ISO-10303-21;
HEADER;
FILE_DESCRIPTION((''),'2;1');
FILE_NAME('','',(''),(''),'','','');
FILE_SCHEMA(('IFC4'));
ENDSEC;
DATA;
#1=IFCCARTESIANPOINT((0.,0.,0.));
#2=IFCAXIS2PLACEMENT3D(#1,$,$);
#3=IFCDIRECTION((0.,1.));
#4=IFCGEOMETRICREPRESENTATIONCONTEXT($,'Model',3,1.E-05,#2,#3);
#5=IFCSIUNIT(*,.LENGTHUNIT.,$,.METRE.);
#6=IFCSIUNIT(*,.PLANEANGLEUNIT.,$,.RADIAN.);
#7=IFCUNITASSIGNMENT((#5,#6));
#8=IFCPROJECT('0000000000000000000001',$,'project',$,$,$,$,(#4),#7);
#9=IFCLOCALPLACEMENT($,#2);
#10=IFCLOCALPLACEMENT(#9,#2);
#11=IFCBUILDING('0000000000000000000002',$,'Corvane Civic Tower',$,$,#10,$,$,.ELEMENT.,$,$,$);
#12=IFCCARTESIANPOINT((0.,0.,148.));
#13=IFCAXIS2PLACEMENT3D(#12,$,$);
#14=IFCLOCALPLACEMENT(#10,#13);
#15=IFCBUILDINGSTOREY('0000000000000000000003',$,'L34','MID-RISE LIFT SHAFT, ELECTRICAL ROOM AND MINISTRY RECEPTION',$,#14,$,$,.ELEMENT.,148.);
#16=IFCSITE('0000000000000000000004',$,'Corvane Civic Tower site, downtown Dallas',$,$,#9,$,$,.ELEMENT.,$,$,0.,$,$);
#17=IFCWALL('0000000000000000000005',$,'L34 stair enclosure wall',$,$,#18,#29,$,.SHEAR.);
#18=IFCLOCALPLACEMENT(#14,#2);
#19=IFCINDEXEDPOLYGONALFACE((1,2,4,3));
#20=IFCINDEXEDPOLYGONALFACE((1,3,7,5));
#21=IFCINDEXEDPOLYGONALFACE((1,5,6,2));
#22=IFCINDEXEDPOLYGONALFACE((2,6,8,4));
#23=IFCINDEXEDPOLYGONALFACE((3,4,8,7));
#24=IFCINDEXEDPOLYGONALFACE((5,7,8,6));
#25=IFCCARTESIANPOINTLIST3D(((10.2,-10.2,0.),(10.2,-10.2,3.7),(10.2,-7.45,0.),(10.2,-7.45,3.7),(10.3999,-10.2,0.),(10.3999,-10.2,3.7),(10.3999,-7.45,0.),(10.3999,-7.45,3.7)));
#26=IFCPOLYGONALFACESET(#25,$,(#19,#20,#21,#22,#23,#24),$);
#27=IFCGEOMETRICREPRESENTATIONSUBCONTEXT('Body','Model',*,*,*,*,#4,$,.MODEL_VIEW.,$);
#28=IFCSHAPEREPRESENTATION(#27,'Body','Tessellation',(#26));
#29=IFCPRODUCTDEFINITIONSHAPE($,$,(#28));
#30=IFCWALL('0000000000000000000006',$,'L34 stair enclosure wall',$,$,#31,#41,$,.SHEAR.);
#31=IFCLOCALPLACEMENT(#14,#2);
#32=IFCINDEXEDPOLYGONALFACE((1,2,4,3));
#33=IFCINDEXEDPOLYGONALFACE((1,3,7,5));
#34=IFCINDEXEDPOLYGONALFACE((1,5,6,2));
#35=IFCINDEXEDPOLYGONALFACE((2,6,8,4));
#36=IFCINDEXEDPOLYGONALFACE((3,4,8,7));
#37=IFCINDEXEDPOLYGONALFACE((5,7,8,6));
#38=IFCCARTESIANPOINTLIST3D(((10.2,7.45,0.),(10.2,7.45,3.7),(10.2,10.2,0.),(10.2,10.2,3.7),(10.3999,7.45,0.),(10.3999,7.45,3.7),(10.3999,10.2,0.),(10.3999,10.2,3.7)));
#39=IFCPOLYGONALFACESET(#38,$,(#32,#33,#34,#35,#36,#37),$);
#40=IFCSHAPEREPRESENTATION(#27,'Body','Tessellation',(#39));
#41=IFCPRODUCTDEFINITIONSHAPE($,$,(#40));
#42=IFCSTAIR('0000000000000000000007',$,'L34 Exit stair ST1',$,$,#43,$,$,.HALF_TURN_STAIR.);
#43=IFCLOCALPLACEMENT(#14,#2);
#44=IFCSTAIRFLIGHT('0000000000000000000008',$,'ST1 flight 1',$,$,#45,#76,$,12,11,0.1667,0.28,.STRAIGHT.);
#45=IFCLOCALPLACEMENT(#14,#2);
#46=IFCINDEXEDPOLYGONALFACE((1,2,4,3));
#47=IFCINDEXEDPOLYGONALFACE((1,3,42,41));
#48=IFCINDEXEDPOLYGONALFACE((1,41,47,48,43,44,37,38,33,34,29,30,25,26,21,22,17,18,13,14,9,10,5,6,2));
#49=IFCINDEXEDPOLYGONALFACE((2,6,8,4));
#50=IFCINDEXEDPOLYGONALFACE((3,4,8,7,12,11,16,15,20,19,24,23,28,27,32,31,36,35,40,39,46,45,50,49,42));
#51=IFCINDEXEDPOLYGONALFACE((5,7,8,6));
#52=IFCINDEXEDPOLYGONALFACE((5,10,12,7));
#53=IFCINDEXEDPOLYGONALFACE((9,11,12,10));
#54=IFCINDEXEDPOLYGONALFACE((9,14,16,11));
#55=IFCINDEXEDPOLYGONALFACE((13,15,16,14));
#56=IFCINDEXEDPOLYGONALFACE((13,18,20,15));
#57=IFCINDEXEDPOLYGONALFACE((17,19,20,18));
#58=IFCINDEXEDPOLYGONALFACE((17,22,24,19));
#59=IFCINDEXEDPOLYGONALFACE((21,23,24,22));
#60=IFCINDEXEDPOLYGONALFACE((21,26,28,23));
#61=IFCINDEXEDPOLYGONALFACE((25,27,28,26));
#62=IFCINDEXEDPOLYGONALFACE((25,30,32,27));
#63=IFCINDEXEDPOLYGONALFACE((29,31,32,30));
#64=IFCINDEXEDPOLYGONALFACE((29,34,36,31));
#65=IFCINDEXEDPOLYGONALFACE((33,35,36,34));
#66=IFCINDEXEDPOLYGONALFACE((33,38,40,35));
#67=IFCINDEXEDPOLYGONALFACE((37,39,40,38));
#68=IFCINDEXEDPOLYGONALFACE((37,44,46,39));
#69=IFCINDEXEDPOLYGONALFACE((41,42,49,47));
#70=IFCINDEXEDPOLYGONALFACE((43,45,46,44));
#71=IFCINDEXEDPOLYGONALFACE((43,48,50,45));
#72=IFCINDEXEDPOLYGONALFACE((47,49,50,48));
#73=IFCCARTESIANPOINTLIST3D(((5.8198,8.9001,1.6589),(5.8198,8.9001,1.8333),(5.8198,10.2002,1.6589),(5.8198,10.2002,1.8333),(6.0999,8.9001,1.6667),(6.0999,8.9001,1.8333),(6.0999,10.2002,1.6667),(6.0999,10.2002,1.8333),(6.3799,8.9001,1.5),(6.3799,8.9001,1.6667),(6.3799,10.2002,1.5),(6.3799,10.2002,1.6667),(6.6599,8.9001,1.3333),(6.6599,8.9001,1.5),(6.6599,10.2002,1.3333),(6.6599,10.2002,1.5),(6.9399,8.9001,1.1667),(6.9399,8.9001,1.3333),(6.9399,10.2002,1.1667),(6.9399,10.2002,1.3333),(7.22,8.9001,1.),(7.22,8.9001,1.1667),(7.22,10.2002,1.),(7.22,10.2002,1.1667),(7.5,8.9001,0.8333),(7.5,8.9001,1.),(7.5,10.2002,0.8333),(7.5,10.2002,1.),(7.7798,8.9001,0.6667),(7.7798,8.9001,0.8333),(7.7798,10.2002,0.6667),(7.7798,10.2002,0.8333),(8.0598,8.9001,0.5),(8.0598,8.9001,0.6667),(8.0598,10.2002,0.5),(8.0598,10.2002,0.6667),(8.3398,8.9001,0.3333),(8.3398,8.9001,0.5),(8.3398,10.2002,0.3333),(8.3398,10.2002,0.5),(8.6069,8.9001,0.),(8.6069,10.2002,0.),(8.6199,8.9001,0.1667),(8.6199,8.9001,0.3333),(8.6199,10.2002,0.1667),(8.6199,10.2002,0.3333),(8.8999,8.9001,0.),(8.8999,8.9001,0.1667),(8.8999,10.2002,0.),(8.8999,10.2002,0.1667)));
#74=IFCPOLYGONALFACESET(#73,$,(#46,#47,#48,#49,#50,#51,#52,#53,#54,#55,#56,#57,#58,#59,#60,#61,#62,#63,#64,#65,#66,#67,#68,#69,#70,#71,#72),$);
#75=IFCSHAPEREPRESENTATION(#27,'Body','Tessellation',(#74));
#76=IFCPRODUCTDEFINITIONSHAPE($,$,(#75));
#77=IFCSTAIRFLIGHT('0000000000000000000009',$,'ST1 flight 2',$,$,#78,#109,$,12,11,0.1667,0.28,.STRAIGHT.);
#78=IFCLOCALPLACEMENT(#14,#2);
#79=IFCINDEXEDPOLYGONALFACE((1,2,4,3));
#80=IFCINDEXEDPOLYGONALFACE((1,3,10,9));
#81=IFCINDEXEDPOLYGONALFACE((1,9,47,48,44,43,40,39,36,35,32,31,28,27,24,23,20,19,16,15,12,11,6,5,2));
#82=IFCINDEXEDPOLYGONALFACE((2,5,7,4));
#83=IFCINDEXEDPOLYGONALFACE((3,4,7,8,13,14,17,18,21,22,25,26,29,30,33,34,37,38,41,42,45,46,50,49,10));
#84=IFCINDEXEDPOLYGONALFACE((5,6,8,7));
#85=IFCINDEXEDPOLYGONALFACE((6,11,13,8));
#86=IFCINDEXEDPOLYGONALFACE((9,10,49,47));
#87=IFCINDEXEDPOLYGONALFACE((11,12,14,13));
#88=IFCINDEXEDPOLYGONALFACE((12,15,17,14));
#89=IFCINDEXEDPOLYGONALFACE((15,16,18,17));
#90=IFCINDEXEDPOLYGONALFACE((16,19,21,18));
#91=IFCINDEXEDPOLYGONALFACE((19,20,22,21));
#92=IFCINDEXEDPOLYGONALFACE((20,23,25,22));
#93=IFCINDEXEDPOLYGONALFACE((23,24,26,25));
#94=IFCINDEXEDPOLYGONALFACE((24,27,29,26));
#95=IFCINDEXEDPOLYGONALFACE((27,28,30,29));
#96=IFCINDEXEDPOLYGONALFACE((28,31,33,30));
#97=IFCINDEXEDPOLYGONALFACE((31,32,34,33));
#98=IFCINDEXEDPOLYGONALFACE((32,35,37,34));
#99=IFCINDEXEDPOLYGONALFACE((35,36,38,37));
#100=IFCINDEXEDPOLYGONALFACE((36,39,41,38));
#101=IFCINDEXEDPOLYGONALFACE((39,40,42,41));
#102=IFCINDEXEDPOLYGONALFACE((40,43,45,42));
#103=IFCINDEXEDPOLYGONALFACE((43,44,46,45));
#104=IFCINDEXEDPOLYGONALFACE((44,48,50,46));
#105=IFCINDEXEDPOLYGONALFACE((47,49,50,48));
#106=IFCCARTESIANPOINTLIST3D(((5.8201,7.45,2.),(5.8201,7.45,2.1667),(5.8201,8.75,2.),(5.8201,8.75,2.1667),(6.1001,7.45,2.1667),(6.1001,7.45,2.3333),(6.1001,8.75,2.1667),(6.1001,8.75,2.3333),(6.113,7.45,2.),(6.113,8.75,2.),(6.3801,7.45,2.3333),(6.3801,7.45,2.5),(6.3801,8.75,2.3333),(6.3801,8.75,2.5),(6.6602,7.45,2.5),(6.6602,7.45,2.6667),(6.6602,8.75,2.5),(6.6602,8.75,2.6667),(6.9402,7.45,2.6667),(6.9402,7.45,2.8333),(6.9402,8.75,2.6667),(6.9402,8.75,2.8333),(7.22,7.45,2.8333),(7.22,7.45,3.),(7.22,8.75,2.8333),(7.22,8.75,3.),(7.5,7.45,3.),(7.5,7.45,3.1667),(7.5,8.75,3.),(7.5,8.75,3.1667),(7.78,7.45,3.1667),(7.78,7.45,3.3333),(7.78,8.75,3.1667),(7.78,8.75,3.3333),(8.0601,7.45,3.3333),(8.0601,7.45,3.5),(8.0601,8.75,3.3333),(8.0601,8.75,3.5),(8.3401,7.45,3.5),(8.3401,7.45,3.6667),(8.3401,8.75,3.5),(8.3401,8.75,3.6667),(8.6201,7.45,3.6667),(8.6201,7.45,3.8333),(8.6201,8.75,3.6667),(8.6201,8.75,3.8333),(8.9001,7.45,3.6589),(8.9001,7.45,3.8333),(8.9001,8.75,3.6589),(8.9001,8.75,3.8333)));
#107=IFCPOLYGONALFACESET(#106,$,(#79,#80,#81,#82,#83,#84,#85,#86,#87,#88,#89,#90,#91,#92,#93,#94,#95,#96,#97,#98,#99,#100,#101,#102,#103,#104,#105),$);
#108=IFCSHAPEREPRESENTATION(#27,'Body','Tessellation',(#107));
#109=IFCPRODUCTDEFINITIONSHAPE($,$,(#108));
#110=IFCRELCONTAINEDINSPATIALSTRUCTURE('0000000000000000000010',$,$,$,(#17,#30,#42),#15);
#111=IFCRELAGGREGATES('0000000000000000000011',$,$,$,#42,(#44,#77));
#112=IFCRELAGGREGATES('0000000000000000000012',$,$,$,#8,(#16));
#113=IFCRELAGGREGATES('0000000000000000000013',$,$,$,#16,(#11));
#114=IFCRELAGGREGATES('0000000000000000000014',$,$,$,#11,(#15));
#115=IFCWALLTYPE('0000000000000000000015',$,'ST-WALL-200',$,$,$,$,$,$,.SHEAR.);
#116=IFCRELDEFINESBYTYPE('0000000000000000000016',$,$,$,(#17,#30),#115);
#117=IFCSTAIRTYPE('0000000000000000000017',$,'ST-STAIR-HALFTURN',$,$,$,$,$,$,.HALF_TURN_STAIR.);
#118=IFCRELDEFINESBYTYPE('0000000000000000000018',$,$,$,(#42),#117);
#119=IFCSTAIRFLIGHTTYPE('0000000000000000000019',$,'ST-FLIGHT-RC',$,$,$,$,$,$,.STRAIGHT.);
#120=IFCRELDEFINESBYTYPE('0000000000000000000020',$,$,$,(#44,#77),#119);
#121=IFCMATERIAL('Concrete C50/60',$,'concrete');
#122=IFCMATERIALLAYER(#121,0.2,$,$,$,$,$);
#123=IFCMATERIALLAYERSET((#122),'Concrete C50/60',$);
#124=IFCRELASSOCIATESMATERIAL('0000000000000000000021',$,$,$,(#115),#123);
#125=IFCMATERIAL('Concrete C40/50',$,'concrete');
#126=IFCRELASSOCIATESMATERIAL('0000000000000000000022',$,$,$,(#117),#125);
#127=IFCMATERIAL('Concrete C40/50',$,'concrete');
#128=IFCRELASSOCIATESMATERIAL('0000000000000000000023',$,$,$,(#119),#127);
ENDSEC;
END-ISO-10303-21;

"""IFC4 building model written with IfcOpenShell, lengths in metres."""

from ifc_helpers import new_model, si_unit, direction, frame, origin, place, context, subcontext, project, spatial, polyline, outline, extrude, material, layer, layer_set, type_object, element, aggregate, save


model = new_model("IFC4")

# Units and contexts
model_context = context("Model", 3, precision=1e-05, world=origin(), true_north=direction((0.0, 1.0)))
body_context = subcontext(model_context, "Body", "Model", "MODEL_VIEW")
ifc_project = project(units=[si_unit("LENGTHUNIT", "METRE"), si_unit("PLANEANGLEUNIT", "RADIAN")], contexts=[model_context])

# Site, building, storey
site_placement = place(None, origin())
site = spatial("IfcSite", under=ifc_project, at=site_placement, Name="Corvane Civic Tower site, downtown Dallas", CompositionType="ELEMENT", RefElevation=0.0)
building_placement = place(site_placement, origin())
building = spatial("IfcBuilding", under=site, at=building_placement, Name="Corvane Civic Tower", CompositionType="ELEMENT")
storey_placement = place(building_placement, frame((0.0, 0.0, 148.0)))
storey = spatial("IfcBuildingStorey", under=building, at=storey_placement, Name="L34", Description="MID-RISE LIFT SHAFT, ELECTRICAL ROOM AND MINISTRY RECEPTION", CompositionType="ELEMENT", Elevation=148.0)

# Shared definitions
ifc_material_1 = material(Name="Concrete C50/60", Category="concrete")
ifc_layer_1 = layer(ifc_material_1, 0.2)
ifc_layer_set_1 = layer_set([ifc_layer_1], Name="Concrete C50/60")
wall_type_1 = type_object("IfcWallType", Name="ST-WALL-200", PredefinedType="SHEAR", material=ifc_layer_set_1)

# Walls
wall_1_placement = place(storey_placement, origin())
element("IfcWall", 1, at=wall_1_placement, inside=storey, type_object=wall_type_1, Name="L34 stair enclosure wall", PredefinedType="SHEAR", context=body_context, shape_type="SweptSolid", body=[
    extrude(outline(polyline([(10.3999, -7.45), (10.3999, -10.2), (10.2, -10.2), (10.2, -7.45), (10.3999, -7.45)])), origin(), (0.0, 0.0, 1.0), 3.7),
])
wall_2_placement = place(storey_placement, origin())
element("IfcWall", 2, at=wall_2_placement, inside=storey, type_object=wall_type_1, Name="L34 stair enclosure wall", PredefinedType="SHEAR", context=body_context, shape_type="SweptSolid", body=[
    extrude(outline(polyline([(10.3999, 7.45), (10.2, 7.45), (10.2, 10.2), (10.3999, 10.2), (10.3999, 7.45)])), origin(), (0.0, 0.0, 1.0), 3.7),
])

# Stair, stair flights
ifc_material_2 = material(Name="Concrete C40/50", Category="concrete")
stair_type = type_object("IfcStairType", Name="ST-STAIR-HALFTURN", PredefinedType="HALF_TURN_STAIR", material=ifc_material_2)
stair_placement = place(storey_placement, origin())
stair = element("IfcStair", 3, at=stair_placement, inside=storey, type_object=stair_type, Name="L34 Exit stair ST1", PredefinedType="HALF_TURN_STAIR")
ifc_material_3 = material(Name="Concrete C40/50", Category="concrete")
stair_flight_type = type_object("IfcStairFlightType", Name="ST-FLIGHT-RC", PredefinedType="STRAIGHT", material=ifc_material_3)
stair_flight_1_placement = place(storey_placement, frame((8.8999, 9.55, 0.0), z_axis=(0.0, 0.0, 1.0), x_axis=(-1.0, 0.0, 0.0)))
stair_flight_1 = element("IfcStairFlight", 4, at=stair_flight_1_placement, type_object=stair_flight_type, Name="ST1 flight 1", NumberOfRisers=12, NumberOfTreads=11, PredefinedType="STRAIGHT", RiserHeight=0.1667, TreadLength=0.28, context=body_context, shape_type="SweptSolid", body=[
    extrude(outline(polyline([(0.0, 0.0), (0.0, 0.1667), (0.28, 0.1667), (0.28, 0.3333), (0.5601, 0.3333), (0.5601, 0.5), (0.8401, 0.5), (0.8401, 0.6667), (1.1201, 0.6667), (1.1201, 0.8333), (1.3999, 0.8333), (1.3999, 1.0), (1.6799, 1.0), (1.6799, 1.1667), (1.96, 1.1667), (1.96, 1.3333), (2.24, 1.3333), (2.24, 1.5), (2.52, 1.5), (2.52, 1.6667), (2.8, 1.6667), (2.8, 1.8333), (3.0801, 1.8333), (3.0801, 2.0), (3.0801, 1.6589), (0.293, 0.0), (0.0, 0.0)])), frame((0.0, 0.6499, 0.0), z_axis=(0.0, -1.0, 0.0), x_axis=(1.0, 0.0, 0.0)), (0.0, 0.0, 1.0), 1.3),
])
stair_flight_2_placement = place(storey_placement, frame((5.8201, 8.1001, 2.0), z_axis=(0.0, 0.0, 1.0), x_axis=(1.0, 0.0, 0.0)))
stair_flight_2 = element("IfcStairFlight", 5, at=stair_flight_2_placement, type_object=stair_flight_type, Name="ST1 flight 2", NumberOfRisers=12, NumberOfTreads=11, PredefinedType="STRAIGHT", RiserHeight=0.1667, TreadLength=0.28, context=body_context, shape_type="SweptSolid", body=[
    extrude(outline(polyline([(0.0, 0.0), (0.0, 0.1667), (0.28, 0.1667), (0.28, 0.3333), (0.5601, 0.3333), (0.5601, 0.5), (0.8401, 0.5), (0.8401, 0.6667), (1.1201, 0.6667), (1.1201, 0.8333), (1.3999, 0.8333), (1.3999, 1.0), (1.6799, 1.0), (1.6799, 1.1667), (1.96, 1.1667), (1.96, 1.3333), (2.24, 1.3333), (2.24, 1.5), (2.52, 1.5), (2.52, 1.6667), (2.8, 1.6667), (2.8, 1.8333), (3.0801, 1.8333), (3.0801, 2.0), (3.0801, 1.6589), (0.293, 0.0), (0.0, 0.0)])), frame((0.0, 0.6499, 0.0), z_axis=(0.0, -1.0, 0.0), x_axis=(1.0, 0.0, 0.0)), (0.0, 0.0, 1.0), 1.3),
])
aggregate(stair, [stair_flight_1, stair_flight_2])

save(model, "model.ifc")
